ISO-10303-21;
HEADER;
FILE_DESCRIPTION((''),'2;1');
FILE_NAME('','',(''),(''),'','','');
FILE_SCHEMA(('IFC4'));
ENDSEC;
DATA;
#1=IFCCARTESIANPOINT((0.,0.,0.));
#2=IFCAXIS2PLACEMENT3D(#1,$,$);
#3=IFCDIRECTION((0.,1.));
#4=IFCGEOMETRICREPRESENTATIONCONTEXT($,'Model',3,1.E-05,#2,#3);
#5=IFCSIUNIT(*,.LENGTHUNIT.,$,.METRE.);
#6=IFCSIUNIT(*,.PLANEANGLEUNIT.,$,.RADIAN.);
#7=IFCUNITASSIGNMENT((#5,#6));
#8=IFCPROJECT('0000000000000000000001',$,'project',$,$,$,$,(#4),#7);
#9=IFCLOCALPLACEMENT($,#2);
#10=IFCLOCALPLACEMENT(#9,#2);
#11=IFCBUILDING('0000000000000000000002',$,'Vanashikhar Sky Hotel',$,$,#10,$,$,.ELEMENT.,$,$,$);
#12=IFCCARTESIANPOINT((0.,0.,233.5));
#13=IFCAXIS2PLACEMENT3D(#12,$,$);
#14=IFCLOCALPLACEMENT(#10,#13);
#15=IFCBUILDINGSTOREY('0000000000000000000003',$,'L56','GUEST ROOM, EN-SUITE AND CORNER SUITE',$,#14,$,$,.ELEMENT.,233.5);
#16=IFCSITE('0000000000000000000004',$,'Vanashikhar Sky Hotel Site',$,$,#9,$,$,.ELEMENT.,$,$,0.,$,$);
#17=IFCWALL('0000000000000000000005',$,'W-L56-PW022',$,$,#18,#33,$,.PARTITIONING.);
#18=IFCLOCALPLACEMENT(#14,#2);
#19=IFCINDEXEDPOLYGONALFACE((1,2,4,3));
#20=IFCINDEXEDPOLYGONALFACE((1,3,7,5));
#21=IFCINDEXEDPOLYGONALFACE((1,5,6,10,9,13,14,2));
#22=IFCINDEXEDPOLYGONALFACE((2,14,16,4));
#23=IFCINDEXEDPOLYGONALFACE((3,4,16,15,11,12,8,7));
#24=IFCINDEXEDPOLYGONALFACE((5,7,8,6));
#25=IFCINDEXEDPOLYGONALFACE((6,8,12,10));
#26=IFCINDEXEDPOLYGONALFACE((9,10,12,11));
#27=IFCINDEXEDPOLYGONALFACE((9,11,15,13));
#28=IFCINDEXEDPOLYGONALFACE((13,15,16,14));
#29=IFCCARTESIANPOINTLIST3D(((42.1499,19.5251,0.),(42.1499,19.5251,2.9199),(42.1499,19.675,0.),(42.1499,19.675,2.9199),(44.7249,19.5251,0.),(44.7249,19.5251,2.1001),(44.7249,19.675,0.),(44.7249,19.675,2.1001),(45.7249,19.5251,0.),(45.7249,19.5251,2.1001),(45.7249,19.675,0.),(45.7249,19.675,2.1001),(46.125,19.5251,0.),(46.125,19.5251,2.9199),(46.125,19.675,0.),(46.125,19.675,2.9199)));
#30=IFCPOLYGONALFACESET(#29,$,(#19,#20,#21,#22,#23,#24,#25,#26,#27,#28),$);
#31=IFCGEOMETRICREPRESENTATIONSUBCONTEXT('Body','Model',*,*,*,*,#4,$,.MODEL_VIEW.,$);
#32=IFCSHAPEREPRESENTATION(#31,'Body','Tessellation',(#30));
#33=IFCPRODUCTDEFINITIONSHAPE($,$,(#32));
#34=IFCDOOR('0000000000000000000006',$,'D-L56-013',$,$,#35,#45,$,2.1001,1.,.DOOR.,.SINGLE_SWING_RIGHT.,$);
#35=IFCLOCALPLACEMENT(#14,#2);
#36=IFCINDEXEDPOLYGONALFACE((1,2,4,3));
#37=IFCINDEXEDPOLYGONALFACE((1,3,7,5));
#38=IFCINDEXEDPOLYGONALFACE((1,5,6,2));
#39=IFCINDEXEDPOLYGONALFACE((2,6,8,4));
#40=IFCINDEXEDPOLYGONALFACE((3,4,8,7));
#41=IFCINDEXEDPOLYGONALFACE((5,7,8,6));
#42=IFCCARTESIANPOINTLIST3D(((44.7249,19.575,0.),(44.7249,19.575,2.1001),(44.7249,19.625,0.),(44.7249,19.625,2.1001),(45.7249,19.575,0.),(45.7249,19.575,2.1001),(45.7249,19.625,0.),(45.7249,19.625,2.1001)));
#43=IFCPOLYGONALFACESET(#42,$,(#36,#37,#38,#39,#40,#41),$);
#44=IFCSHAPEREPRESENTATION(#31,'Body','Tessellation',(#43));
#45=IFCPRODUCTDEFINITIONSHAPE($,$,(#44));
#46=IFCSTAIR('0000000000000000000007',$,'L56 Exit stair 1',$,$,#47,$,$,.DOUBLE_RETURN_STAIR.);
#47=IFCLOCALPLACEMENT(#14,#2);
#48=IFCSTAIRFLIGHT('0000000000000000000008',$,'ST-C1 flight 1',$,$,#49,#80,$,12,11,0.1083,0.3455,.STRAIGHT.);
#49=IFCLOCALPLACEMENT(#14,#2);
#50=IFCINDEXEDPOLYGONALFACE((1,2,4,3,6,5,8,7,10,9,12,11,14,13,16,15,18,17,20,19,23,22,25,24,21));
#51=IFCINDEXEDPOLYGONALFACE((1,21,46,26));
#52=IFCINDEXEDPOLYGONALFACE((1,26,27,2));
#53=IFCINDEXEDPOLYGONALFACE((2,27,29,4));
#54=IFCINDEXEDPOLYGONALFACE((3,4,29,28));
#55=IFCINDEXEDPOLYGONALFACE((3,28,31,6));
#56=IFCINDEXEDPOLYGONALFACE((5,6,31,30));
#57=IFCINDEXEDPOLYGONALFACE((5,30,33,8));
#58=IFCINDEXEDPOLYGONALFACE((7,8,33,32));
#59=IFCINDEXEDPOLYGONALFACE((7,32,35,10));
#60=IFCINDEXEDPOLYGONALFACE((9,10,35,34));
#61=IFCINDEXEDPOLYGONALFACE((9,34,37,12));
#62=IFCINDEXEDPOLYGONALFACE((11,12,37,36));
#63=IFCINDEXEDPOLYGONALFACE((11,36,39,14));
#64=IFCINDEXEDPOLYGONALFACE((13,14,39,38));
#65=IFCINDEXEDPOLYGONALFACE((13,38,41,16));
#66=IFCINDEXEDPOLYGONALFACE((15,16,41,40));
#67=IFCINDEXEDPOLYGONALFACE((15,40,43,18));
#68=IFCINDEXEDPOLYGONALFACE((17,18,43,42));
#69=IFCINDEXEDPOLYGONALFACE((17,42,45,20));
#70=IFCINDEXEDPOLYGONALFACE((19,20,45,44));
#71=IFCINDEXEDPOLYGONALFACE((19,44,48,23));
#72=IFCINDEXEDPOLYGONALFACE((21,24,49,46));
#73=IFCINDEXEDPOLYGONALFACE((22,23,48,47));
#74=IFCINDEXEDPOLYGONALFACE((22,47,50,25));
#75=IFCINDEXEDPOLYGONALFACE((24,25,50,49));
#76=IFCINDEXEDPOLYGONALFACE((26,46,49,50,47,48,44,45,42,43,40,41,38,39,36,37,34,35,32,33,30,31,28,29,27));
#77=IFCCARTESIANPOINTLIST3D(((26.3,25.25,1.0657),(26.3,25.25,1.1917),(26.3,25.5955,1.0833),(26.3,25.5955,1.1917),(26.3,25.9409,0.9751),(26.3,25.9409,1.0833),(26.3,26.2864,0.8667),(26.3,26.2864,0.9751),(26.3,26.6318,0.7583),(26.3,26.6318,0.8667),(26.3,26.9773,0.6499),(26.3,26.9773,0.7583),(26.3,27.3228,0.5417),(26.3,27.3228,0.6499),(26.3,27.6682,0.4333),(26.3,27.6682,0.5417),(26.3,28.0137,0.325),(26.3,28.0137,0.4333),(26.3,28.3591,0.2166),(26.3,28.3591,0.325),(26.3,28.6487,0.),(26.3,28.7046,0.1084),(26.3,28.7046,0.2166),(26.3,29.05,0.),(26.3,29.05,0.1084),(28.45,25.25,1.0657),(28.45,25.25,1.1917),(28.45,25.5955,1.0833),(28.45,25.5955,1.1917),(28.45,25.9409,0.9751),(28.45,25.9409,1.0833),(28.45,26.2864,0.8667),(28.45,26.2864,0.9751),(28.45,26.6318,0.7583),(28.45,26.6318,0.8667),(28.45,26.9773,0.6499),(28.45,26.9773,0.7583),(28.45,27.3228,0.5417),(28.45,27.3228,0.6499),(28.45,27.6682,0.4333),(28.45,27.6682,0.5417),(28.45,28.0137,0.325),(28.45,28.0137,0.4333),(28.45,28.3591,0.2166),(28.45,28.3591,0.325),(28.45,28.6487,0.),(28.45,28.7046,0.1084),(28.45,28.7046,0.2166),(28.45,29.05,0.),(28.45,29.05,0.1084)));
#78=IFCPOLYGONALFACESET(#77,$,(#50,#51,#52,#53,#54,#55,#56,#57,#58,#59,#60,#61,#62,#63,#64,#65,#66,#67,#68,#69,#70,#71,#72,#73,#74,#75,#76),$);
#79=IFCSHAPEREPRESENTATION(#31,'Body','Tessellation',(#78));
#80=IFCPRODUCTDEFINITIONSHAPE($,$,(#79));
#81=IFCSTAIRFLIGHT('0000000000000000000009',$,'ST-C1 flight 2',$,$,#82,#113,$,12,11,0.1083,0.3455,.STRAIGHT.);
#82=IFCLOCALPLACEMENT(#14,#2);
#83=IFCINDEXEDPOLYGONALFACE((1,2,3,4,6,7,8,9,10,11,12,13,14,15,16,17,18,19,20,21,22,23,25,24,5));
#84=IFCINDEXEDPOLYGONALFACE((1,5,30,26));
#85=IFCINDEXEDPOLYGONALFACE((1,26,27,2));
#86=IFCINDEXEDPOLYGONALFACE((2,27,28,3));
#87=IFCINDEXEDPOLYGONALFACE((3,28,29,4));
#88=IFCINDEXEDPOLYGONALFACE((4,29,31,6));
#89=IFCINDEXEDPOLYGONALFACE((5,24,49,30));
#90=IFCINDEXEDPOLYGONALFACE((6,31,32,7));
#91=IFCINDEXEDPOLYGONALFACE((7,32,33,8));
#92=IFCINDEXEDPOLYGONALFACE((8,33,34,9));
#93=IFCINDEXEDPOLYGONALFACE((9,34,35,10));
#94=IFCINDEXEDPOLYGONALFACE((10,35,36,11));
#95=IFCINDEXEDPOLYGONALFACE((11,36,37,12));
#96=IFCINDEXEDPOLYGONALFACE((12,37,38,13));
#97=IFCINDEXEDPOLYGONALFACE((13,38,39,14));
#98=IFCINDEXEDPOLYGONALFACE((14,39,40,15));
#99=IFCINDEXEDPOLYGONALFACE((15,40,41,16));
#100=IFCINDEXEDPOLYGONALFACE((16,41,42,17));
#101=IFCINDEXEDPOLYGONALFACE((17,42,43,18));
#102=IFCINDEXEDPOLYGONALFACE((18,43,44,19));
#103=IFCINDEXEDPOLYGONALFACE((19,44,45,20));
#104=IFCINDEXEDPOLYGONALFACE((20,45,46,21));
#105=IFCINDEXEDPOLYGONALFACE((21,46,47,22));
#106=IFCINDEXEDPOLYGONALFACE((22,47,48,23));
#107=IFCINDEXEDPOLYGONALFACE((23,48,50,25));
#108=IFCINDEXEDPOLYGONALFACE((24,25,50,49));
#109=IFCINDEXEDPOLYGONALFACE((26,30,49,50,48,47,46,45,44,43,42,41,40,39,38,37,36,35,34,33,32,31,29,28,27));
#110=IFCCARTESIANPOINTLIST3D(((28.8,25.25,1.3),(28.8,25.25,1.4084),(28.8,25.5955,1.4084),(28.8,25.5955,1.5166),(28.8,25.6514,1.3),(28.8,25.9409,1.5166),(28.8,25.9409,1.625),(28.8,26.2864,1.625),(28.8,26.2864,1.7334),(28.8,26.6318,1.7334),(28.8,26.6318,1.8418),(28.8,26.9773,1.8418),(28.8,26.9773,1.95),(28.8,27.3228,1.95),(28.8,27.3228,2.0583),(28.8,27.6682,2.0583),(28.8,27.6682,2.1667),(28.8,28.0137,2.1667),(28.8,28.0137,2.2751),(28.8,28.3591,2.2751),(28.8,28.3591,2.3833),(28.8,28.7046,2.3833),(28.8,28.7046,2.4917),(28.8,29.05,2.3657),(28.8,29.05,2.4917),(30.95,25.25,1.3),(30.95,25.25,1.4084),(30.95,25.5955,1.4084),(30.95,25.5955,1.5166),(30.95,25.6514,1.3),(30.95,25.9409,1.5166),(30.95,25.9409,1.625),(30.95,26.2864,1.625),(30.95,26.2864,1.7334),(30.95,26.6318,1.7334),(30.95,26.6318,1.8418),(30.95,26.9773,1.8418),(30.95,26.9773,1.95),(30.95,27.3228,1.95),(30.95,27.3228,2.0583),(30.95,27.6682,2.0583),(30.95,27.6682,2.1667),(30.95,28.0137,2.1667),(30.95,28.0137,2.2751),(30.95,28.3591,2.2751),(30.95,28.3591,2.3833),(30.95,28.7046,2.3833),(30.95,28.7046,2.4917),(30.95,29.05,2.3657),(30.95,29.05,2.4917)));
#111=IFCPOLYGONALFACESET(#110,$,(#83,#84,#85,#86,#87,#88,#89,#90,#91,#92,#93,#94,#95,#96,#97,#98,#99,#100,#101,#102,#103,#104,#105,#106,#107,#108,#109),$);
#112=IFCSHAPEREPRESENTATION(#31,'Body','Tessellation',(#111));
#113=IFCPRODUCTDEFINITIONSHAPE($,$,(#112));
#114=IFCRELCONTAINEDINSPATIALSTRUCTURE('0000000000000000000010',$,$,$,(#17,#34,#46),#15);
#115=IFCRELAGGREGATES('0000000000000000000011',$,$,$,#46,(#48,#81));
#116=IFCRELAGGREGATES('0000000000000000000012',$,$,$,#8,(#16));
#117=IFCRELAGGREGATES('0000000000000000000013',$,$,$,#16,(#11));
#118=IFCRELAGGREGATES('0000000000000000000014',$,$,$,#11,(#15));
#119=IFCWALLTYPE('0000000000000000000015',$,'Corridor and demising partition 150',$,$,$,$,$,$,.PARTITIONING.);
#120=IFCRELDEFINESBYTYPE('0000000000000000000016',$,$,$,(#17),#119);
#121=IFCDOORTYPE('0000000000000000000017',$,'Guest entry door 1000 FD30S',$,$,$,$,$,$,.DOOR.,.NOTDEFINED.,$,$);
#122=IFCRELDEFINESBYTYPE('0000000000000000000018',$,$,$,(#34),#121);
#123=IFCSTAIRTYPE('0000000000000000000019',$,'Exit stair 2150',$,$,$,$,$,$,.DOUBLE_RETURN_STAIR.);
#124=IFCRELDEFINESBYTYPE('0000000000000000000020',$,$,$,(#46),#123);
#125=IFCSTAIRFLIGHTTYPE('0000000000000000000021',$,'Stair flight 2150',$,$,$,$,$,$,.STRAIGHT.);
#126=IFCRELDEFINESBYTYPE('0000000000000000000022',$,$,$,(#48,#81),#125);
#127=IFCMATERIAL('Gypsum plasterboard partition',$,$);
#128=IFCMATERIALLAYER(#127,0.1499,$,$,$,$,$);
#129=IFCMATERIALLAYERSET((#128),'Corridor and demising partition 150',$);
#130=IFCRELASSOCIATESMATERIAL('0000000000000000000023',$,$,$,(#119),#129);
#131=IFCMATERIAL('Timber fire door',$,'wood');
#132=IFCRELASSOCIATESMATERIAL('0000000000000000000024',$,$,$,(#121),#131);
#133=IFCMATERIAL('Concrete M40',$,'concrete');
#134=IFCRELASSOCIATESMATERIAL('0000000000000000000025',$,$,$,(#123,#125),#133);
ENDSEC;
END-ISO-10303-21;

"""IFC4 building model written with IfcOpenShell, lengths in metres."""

from ifc_helpers import new_model, si_unit, direction, frame, frame_2d, origin, place, context, subcontext, project, spatial, polyline, rectangle, outline, extrude, source, transform, mapped, material, layer, layer_set, type_object, element, fill, aggregate, save


model = new_model("IFC4")

# Units and contexts
model_context = context("Model", 3, precision=1e-05, world=origin(), true_north=direction((0.0, 1.0)))
body_context = subcontext(model_context, "Body", "Model", "MODEL_VIEW")
ifc_project = project(units=[si_unit("LENGTHUNIT", "METRE"), si_unit("PLANEANGLEUNIT", "RADIAN")], contexts=[model_context])

# Site, building, storey
site_placement = place(None, origin())
site = spatial("IfcSite", under=ifc_project, at=site_placement, Name="Vanashikhar Sky Hotel Site", CompositionType="ELEMENT", RefElevation=0.0)
building_placement = place(site_placement, origin())
building = spatial("IfcBuilding", under=site, at=building_placement, Name="Vanashikhar Sky Hotel", CompositionType="ELEMENT")
storey_placement = place(building_placement, frame((0.0, 0.0, 233.5)))
storey = spatial("IfcBuildingStorey", under=building, at=storey_placement, Name="L56", Description="GUEST ROOM, EN-SUITE AND CORNER SUITE", CompositionType="ELEMENT", Elevation=233.5)

# Shared definitions
ifc_material_1 = material(Name="Concrete M40", Category="concrete")

# Wall, opening, door
ifc_material_2 = material(Name="Gypsum plasterboard partition")
ifc_layer_1 = layer(ifc_material_2, 0.1499)
ifc_layer_set_1 = layer_set([ifc_layer_1], Name="Corridor and demising partition 150")
wall_type_1 = type_object("IfcWallType", Name="Corridor and demising partition 150", PredefinedType="PARTITIONING", material=ifc_layer_set_1)
shared_shape_1 = source(origin(), body_context, "Body", "SweptSolid", [
    extrude(rectangle(XDim=3.9751, YDim=0.1499, at=frame_2d((1.9875, 0.0))), origin(), (0.0, 0.0, 1.0), 2.9199),
])
shared_shape_2 = source(origin(), body_context, "Body", "SweptSolid", [
    extrude(rectangle(XDim=1.0, YDim=2.1001, at=frame_2d((0.5, 1.05))), frame((0.0, 0.085, 0.0), z_axis=(0.0, -1.0, 0.0), x_axis=(1.0, 0.0, 0.0)), (0.0, 0.0, 1.0), 0.1699),
])
ifc_material_3 = material(Name="Timber fire door", Category="wood")
door_type_1 = type_object("IfcDoorType", Name="Guest entry door 1000 FD30S", OperationType="NOTDEFINED", PredefinedType="DOOR", material=ifc_material_3)
shared_shape_3 = source(origin(), body_context, "Body", "SweptSolid", [
    extrude(rectangle(XDim=1.0, YDim=2.1001, at=frame_2d((0.5, 1.05))), frame((0.0, 0.0249, 0.0), z_axis=(0.0, -1.0, 0.0), x_axis=(1.0, 0.0, 0.0)), (0.0, 0.0, 1.0), 0.05),
])
wall_1_placement = place(storey_placement, frame((42.1499, 19.6001, 0.0), z_axis=(0.0, 0.0, 1.0), x_axis=(1.0, 0.0, 0.0)))
wall_1 = element("IfcWall", 1, at=wall_1_placement, inside=storey, type_object=wall_type_1, Name="W-L56-PW022", PredefinedType="PARTITIONING", context=body_context, shape_type="MappedRepresentation", body=[
    mapped(shared_shape_1, transform((0.0, 0.0, 0.0), scale=1.0)),
])
opening_1_placement = place(wall_1_placement, frame((2.575, 0.0, 0.0)))
opening_1 = element("IfcOpeningElement", 2, at=opening_1_placement, cuts=wall_1, PredefinedType="OPENING", context=body_context, shape_type="MappedRepresentation", body=[
    mapped(shared_shape_2, transform((0.0, 0.0, 0.0), scale=1.0)),
])
door_1_placement = place(opening_1_placement, origin())
door_1 = element("IfcDoor", 3, at=door_1_placement, inside=storey, type_object=door_type_1, Name="D-L56-013", OperationType="SINGLE_SWING_RIGHT", OverallHeight=2.1001, OverallWidth=1.0, PredefinedType="DOOR", context=body_context, shape_type="MappedRepresentation", body=[
    mapped(shared_shape_3, transform((0.0, 0.0, 0.0), scale=1.0)),
])
fill(opening_1, door_1)

# Stair, stair flights
stair_type = type_object("IfcStairType", Name="Exit stair 2150", PredefinedType="DOUBLE_RETURN_STAIR", material=ifc_material_1)
stair_placement = place(storey_placement, origin())
stair = element("IfcStair", 4, at=stair_placement, inside=storey, type_object=stair_type, Name="L56 Exit stair 1", PredefinedType="DOUBLE_RETURN_STAIR")
stair_flight_type = type_object("IfcStairFlightType", Name="Stair flight 2150", PredefinedType="STRAIGHT", material=ifc_material_1)
shared_shape_4 = source(origin(), body_context, "Body", "SweptSolid", [
    extrude(outline(polyline([(0.0, 0.0), (0.0, 0.1084), (0.3455, 0.1084), (0.3455, 0.2166), (0.6909, 0.2166), (0.6909, 0.325), (1.0364, 0.325), (1.0364, 0.4333), (1.3818, 0.4333), (1.3818, 0.5417), (1.7273, 0.5417), (1.7273, 0.6499), (2.0728, 0.6499), (2.0728, 0.7583), (2.4182, 0.7583), (2.4182, 0.8667), (2.7637, 0.8667), (2.7637, 0.9751), (3.1091, 0.9751), (3.1091, 1.0833), (3.4546, 1.0833), (3.4546, 1.1917), (3.8, 1.1917), (3.8, 1.3), (3.8, 1.0657), (0.4014, 0.0), (0.0, 0.0)])), frame((0.0, 1.075, 0.0), z_axis=(0.0, -1.0, 0.0), x_axis=(1.0, 0.0, 0.0)), (0.0, 0.0, 1.0), 2.1499),
])
stair_flight_1_placement = place(storey_placement, frame((27.375, 29.05, 0.0), z_axis=(0.0, 0.0, 1.0), x_axis=(0.0, -1.0, 0.0)))
stair_flight_1 = element("IfcStairFlight", 5, at=stair_flight_1_placement, type_object=stair_flight_type, Name="ST-C1 flight 1", NumberOfRisers=12, NumberOfTreads=11, PredefinedType="STRAIGHT", RiserHeight=0.1083, TreadLength=0.3455, context=body_context, shape_type="MappedRepresentation", body=[
    mapped(shared_shape_4, transform((0.0, 0.0, 0.0), scale=1.0)),
])
stair_flight_2_placement = place(storey_placement, frame((29.875, 25.25, 1.3), z_axis=(0.0, 0.0, 1.0), x_axis=(0.0, 1.0, 0.0)))
stair_flight_2 = element("IfcStairFlight", 6, at=stair_flight_2_placement, type_object=stair_flight_type, Name="ST-C1 flight 2", NumberOfRisers=12, NumberOfTreads=11, PredefinedType="STRAIGHT", RiserHeight=0.1083, TreadLength=0.3455, context=body_context, shape_type="MappedRepresentation", body=[
    mapped(shared_shape_4, transform((0.0, 0.0, 0.0), scale=1.0)),
])
aggregate(stair, [stair_flight_1, stair_flight_2])

save(model, "model.ifc")
